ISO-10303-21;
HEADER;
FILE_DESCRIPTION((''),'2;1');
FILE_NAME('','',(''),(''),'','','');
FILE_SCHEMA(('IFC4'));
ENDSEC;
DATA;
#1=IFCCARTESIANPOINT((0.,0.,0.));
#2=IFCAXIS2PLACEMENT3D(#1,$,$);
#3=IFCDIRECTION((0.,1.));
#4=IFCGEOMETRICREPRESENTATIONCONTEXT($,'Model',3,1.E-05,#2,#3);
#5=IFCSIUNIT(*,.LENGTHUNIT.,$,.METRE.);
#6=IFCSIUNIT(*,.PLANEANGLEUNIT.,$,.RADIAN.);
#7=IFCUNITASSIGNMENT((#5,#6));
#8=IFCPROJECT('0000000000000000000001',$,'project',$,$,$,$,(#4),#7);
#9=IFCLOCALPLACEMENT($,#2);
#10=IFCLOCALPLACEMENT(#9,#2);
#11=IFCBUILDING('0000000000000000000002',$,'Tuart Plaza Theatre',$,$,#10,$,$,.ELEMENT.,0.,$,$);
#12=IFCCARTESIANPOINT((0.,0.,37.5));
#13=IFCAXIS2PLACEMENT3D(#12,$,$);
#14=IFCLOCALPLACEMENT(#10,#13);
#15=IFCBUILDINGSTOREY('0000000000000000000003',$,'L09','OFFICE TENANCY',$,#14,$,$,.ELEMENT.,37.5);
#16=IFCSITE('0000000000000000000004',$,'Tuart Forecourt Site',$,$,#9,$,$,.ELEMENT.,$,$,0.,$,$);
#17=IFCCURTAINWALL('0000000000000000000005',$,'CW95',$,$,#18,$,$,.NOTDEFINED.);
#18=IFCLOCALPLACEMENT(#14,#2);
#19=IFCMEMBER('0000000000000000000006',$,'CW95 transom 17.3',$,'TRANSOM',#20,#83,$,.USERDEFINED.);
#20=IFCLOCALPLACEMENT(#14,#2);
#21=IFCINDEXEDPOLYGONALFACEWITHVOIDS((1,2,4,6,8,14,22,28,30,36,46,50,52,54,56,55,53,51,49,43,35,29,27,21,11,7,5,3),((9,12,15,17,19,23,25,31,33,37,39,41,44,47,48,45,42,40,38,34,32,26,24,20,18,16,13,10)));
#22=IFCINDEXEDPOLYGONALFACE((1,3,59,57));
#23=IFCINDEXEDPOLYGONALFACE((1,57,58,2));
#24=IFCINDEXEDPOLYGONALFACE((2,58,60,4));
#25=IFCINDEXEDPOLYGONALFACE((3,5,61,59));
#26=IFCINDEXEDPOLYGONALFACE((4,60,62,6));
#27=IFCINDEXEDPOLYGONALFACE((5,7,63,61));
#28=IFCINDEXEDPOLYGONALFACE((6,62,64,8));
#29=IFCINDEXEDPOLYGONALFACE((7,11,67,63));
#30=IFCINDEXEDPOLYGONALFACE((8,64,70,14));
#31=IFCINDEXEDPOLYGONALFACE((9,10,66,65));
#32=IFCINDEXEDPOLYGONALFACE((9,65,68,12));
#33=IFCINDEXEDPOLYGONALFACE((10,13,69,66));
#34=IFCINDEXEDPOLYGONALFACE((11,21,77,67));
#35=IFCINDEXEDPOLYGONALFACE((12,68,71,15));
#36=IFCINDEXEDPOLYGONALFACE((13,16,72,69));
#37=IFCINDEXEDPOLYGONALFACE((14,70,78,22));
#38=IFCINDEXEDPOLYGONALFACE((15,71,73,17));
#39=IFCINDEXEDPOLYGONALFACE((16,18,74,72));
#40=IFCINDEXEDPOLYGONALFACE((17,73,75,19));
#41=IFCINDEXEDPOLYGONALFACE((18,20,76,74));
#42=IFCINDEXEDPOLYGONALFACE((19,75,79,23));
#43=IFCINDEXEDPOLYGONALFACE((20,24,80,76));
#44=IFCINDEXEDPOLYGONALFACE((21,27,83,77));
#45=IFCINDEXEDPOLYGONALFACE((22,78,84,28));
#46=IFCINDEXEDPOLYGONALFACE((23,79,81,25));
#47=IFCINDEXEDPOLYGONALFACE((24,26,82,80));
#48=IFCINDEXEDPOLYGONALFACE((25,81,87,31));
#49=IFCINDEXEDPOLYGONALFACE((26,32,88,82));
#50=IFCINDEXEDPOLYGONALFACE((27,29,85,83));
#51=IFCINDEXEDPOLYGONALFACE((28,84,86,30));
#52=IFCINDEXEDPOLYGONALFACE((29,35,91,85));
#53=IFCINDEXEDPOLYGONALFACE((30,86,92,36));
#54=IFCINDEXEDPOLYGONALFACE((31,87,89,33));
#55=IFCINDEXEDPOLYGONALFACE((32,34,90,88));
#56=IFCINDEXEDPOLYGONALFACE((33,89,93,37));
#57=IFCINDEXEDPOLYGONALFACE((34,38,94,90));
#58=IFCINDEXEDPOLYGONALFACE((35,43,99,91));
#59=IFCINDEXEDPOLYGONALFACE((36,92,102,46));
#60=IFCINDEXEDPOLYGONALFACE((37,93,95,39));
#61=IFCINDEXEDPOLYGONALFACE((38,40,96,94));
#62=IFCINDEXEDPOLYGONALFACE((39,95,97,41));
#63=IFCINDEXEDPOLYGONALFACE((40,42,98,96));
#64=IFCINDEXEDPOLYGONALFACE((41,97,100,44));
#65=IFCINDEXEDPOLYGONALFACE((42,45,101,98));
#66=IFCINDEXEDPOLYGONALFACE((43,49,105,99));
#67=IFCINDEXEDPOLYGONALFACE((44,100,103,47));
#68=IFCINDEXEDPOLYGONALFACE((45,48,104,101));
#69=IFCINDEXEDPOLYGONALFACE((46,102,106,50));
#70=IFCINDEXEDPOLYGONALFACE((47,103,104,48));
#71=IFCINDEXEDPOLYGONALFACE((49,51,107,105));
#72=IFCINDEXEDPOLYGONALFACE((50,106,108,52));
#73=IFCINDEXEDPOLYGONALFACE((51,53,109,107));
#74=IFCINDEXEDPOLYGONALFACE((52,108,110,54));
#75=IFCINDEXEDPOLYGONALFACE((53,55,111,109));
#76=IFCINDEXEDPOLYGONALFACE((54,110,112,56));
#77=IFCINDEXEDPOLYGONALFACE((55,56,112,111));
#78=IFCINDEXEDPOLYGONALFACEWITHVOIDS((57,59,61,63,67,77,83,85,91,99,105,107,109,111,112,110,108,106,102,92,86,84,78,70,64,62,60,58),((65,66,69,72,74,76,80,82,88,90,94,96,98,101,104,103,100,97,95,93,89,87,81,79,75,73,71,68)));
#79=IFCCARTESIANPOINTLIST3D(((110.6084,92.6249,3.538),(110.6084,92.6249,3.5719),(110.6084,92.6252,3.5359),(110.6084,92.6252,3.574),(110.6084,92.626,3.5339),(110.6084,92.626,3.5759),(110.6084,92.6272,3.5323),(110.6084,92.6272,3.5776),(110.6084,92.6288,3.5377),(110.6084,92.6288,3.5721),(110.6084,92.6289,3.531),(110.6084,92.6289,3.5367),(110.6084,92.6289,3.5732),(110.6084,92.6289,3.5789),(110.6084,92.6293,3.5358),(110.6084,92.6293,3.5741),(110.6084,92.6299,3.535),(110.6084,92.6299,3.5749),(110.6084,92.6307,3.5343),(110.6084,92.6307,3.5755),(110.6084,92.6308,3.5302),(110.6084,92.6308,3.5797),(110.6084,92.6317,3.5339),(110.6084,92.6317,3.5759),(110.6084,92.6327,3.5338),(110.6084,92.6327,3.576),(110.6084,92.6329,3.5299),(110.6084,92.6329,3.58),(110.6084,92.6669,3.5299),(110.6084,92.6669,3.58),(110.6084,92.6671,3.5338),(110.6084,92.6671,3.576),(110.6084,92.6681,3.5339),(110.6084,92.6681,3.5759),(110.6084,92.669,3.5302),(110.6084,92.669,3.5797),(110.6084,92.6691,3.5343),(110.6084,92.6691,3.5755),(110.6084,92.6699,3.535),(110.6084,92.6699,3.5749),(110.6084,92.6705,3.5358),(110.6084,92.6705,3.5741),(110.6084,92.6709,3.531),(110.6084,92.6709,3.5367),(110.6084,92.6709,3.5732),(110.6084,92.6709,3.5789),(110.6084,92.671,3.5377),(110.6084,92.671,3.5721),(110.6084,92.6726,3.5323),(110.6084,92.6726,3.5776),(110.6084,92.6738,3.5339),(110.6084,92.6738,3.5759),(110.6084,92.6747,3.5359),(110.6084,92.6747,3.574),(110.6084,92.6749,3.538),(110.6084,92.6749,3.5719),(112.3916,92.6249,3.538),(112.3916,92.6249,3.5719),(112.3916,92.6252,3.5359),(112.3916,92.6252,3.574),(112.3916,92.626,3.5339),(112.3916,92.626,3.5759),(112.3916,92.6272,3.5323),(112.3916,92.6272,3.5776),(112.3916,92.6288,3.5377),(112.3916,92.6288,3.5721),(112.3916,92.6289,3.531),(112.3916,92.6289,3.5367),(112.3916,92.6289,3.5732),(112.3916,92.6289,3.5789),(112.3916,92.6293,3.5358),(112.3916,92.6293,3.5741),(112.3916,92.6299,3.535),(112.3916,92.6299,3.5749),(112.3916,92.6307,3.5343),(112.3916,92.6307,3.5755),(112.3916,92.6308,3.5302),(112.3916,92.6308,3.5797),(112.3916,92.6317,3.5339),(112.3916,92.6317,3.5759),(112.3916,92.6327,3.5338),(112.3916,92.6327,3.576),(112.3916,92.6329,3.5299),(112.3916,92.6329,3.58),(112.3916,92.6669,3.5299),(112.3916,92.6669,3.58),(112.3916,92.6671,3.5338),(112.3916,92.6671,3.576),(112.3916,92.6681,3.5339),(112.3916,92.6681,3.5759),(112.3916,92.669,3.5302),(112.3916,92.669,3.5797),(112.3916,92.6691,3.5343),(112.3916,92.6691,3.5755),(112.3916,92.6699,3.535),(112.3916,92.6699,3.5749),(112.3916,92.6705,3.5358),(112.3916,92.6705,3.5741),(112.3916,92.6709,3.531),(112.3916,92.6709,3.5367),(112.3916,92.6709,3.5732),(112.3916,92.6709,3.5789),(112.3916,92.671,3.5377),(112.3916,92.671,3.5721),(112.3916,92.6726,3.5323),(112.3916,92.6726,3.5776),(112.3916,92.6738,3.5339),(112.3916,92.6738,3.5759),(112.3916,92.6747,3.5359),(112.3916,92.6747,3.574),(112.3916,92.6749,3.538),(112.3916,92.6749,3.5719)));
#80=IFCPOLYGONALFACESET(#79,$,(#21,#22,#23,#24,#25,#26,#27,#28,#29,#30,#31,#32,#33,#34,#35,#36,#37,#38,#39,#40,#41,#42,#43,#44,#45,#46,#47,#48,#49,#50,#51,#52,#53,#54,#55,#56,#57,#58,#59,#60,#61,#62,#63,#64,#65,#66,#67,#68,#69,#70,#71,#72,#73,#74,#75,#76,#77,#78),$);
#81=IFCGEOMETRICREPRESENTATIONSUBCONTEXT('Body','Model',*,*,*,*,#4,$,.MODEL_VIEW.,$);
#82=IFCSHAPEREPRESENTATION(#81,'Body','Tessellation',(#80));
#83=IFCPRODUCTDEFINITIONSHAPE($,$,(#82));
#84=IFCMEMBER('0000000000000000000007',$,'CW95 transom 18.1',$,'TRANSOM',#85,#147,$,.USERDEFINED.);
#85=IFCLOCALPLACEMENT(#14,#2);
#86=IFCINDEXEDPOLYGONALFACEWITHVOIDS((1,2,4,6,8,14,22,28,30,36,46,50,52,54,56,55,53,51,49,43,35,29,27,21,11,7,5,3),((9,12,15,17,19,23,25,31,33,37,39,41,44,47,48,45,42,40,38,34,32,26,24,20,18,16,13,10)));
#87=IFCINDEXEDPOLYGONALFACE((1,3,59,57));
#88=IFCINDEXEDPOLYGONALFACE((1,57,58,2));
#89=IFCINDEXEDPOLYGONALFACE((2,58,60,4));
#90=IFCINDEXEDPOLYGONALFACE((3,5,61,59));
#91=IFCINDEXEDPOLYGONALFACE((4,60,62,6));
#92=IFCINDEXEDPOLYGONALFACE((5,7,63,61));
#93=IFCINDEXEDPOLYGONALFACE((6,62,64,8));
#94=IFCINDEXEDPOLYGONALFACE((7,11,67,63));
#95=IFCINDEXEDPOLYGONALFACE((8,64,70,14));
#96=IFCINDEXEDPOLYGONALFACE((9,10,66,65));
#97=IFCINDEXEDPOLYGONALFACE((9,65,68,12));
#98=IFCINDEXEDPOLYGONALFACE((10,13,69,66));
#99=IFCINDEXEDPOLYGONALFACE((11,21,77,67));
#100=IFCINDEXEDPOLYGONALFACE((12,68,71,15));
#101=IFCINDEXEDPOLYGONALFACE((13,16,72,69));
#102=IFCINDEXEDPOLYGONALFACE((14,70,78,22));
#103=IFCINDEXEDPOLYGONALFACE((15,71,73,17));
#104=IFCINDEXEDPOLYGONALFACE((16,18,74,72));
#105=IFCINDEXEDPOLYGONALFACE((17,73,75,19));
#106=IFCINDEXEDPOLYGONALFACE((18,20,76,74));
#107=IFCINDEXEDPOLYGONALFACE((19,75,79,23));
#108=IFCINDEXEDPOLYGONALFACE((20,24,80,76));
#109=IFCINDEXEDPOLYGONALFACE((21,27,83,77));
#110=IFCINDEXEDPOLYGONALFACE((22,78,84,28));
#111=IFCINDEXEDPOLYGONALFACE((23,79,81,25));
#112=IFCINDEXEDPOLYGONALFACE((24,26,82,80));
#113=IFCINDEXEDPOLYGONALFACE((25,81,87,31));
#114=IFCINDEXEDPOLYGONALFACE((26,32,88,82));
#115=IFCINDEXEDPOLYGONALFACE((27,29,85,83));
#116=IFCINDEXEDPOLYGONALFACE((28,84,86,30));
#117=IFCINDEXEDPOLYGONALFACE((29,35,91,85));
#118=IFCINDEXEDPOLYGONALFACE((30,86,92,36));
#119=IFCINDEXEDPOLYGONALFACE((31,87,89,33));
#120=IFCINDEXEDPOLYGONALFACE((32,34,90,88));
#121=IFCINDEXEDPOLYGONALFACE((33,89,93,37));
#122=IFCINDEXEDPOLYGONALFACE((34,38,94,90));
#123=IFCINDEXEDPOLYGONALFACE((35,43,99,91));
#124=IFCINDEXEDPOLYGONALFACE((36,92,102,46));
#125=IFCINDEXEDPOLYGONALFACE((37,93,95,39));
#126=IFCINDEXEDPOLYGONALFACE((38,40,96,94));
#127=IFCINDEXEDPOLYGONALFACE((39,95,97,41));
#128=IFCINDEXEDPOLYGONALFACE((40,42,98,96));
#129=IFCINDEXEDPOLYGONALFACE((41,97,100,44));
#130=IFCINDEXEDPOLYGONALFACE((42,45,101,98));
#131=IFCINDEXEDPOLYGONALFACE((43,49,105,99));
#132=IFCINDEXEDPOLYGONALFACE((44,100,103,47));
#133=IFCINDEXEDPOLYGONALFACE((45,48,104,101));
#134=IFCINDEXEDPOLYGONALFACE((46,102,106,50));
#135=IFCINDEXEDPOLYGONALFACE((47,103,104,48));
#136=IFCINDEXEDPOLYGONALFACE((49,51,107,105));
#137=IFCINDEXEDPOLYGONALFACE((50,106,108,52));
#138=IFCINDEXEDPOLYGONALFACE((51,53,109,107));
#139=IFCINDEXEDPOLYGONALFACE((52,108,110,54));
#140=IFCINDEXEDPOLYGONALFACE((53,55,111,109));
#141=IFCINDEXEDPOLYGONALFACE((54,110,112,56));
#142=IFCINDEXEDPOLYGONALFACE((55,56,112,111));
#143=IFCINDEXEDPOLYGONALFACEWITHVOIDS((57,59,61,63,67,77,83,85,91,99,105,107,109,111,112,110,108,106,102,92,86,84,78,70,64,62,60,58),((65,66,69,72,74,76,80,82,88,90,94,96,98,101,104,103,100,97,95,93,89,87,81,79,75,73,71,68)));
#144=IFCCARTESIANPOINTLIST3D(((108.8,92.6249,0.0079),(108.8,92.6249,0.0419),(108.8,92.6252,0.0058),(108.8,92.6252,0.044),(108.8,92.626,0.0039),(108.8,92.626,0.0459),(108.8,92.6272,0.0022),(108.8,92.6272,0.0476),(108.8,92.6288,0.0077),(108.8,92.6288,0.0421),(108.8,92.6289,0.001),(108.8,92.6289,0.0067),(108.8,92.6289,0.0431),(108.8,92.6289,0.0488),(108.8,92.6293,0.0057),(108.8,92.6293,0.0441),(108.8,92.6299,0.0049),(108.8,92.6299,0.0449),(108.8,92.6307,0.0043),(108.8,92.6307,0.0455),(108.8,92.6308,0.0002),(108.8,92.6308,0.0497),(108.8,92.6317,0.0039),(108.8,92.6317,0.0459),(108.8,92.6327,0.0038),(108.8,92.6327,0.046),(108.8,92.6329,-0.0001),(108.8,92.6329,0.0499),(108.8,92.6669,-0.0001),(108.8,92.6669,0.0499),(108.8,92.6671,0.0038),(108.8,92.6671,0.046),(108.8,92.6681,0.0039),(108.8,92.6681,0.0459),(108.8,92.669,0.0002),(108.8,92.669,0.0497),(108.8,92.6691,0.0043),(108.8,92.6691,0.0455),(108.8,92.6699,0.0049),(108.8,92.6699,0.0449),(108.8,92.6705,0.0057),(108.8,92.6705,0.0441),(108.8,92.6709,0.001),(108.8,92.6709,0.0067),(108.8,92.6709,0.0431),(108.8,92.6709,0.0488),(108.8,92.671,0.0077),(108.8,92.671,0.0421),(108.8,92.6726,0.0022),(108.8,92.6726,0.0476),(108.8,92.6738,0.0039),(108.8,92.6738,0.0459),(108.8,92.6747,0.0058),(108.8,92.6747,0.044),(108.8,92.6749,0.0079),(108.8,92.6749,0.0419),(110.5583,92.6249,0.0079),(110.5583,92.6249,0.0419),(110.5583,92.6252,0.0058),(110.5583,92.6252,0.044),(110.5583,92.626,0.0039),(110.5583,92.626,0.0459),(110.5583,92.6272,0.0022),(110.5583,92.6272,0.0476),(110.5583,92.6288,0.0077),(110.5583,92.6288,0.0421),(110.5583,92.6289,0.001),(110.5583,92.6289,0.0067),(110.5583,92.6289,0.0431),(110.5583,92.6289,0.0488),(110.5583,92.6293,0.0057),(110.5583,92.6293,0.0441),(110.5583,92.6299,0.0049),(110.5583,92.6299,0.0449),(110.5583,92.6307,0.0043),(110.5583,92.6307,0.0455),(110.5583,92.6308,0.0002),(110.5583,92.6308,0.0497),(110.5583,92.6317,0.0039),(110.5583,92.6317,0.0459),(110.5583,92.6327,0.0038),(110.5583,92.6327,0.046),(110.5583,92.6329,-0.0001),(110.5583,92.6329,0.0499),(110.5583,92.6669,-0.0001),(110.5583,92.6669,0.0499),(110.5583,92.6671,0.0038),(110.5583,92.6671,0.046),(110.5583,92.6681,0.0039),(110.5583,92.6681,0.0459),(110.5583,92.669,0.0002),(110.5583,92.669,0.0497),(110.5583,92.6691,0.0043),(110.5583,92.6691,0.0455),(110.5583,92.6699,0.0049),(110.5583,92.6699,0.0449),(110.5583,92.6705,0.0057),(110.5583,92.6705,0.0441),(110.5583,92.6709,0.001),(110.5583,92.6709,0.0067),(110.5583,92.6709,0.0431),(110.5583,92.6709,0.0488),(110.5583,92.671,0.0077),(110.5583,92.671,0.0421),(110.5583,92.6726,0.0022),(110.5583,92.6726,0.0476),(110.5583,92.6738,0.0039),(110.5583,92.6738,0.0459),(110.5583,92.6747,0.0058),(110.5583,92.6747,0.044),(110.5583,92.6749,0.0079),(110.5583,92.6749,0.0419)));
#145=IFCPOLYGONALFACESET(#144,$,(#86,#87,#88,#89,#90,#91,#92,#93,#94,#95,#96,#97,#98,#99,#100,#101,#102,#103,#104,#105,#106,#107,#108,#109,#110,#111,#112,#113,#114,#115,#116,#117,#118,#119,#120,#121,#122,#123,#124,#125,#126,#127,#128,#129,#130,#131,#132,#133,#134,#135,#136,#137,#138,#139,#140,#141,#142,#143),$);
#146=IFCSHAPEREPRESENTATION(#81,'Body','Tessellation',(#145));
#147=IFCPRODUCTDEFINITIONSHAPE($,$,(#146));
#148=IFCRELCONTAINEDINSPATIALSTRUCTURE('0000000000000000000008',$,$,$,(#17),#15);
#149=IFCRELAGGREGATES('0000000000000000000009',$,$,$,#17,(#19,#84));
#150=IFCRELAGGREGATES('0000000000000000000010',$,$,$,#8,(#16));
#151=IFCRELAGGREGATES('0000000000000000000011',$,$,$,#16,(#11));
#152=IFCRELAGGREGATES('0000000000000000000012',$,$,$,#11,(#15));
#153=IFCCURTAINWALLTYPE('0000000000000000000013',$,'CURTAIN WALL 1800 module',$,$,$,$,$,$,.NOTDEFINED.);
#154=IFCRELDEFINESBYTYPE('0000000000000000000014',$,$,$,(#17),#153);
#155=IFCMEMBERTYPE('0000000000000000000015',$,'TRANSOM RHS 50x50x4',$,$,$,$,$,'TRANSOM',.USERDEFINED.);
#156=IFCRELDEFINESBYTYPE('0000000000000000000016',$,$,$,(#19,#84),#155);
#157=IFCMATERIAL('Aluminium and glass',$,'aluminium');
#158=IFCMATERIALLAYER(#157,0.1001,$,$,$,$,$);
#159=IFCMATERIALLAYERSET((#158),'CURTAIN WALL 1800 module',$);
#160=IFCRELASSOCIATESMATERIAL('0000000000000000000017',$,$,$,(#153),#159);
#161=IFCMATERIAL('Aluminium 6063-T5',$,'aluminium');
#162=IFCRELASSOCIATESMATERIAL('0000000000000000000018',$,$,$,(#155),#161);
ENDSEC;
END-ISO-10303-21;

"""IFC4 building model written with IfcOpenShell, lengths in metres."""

from ifc_helpers import new_model, si_unit, direction, frame, origin, origin_2d, place, context, subcontext, project, spatial, hollow_rectangle, extrude, material, layer, layer_set, material_profile, profile_set, type_object, element, aggregate, save


model = new_model("IFC4")

# Units and contexts
model_context = context("Model", 3, precision=1e-05, world=origin(), true_north=direction((0.0, 1.0)))
body_context = subcontext(model_context, "Body", "Model", "MODEL_VIEW")
ifc_project = project(units=[si_unit("LENGTHUNIT", "METRE"), si_unit("PLANEANGLEUNIT", "RADIAN")], contexts=[model_context])

# Site, building, storey
site_placement = place(None, origin())
site = spatial("IfcSite", under=ifc_project, at=site_placement, Name="Tuart Forecourt Site", CompositionType="ELEMENT", RefElevation=0.0)
building_placement = place(site_placement, origin())
building = spatial("IfcBuilding", under=site, at=building_placement, Name="Tuart Plaza Theatre", CompositionType="ELEMENT", ElevationOfRefHeight=0.0)
storey_placement = place(building_placement, frame((0.0, 0.0, 37.5)))
storey = spatial("IfcBuildingStorey", under=building, at=storey_placement, Name="L09", Description="OFFICE TENANCY", CompositionType="ELEMENT", Elevation=37.5)

# Curtain wall, members
ifc_material_1 = material(Name="Aluminium and glass", Category="aluminium")
ifc_layer_1 = layer(ifc_material_1, 0.1001)
ifc_layer_set_1 = layer_set([ifc_layer_1], Name="CURTAIN WALL 1800 module")
curtain_wall_type_1 = type_object("IfcCurtainWallType", Name="CURTAIN WALL 1800 module", PredefinedType="NOTDEFINED", material=ifc_layer_set_1)
curtain_wall_1_placement = place(storey_placement, origin())
curtain_wall_1 = element("IfcCurtainWall", 1, at=curtain_wall_1_placement, inside=storey, type_object=curtain_wall_type_1, Name="CW95", PredefinedType="NOTDEFINED")
ifc_material_2 = material(Name="Aluminium 6063-T5", Category="aluminium")
ifc_material_profile_1 = material_profile(ifc_material_2, hollow_rectangle(XDim=0.05, YDim=0.05, WallThickness=0.0039, InnerFilletRadius=0.0039, OuterFilletRadius=0.0081, at=origin_2d()), Name="RHS 50x50x4")
ifc_profile_set_1 = profile_set([ifc_material_profile_1], Name="Aluminium 6063-T5")
member_type_1 = type_object("IfcMemberType", Name="TRANSOM RHS 50x50x4", ElementType="TRANSOM", PredefinedType="USERDEFINED", material=ifc_profile_set_1)
member_1_placement = place(storey_placement, frame((112.3916, 92.6499, 3.5549), z_axis=(-1.0, 0.0, 0.0), x_axis=(0.0, -1.0, 0.0)))
member_1 = element("IfcMember", 2, at=member_1_placement, type_object=member_type_1, Name="CW95 transom 17.3", ObjectType="TRANSOM", PredefinedType="USERDEFINED", context=body_context, shape_type="SweptSolid", body=[
    extrude(hollow_rectangle(XDim=0.05, YDim=0.05, WallThickness=0.0039, InnerFilletRadius=0.0039, OuterFilletRadius=0.0081, at=origin_2d()), origin(), (0.0, 0.0, 1.0), 1.7832),
])
member_2_placement = place(storey_placement, frame((110.5583, 92.6499, 0.0249), z_axis=(-1.0, 0.0, 0.0), x_axis=(0.0, -1.0, 0.0)))
member_2 = element("IfcMember", 3, at=member_2_placement, type_object=member_type_1, Name="CW95 transom 18.1", ObjectType="TRANSOM", PredefinedType="USERDEFINED", context=body_context, shape_type="SweptSolid", body=[
    extrude(hollow_rectangle(XDim=0.05, YDim=0.05, WallThickness=0.0039, InnerFilletRadius=0.0039, OuterFilletRadius=0.0081, at=origin_2d()), origin(), (0.0, 0.0, 1.0), 1.7583),
])

aggregate(curtain_wall_1, [member_1, member_2])

save(model, "model.ifc")
